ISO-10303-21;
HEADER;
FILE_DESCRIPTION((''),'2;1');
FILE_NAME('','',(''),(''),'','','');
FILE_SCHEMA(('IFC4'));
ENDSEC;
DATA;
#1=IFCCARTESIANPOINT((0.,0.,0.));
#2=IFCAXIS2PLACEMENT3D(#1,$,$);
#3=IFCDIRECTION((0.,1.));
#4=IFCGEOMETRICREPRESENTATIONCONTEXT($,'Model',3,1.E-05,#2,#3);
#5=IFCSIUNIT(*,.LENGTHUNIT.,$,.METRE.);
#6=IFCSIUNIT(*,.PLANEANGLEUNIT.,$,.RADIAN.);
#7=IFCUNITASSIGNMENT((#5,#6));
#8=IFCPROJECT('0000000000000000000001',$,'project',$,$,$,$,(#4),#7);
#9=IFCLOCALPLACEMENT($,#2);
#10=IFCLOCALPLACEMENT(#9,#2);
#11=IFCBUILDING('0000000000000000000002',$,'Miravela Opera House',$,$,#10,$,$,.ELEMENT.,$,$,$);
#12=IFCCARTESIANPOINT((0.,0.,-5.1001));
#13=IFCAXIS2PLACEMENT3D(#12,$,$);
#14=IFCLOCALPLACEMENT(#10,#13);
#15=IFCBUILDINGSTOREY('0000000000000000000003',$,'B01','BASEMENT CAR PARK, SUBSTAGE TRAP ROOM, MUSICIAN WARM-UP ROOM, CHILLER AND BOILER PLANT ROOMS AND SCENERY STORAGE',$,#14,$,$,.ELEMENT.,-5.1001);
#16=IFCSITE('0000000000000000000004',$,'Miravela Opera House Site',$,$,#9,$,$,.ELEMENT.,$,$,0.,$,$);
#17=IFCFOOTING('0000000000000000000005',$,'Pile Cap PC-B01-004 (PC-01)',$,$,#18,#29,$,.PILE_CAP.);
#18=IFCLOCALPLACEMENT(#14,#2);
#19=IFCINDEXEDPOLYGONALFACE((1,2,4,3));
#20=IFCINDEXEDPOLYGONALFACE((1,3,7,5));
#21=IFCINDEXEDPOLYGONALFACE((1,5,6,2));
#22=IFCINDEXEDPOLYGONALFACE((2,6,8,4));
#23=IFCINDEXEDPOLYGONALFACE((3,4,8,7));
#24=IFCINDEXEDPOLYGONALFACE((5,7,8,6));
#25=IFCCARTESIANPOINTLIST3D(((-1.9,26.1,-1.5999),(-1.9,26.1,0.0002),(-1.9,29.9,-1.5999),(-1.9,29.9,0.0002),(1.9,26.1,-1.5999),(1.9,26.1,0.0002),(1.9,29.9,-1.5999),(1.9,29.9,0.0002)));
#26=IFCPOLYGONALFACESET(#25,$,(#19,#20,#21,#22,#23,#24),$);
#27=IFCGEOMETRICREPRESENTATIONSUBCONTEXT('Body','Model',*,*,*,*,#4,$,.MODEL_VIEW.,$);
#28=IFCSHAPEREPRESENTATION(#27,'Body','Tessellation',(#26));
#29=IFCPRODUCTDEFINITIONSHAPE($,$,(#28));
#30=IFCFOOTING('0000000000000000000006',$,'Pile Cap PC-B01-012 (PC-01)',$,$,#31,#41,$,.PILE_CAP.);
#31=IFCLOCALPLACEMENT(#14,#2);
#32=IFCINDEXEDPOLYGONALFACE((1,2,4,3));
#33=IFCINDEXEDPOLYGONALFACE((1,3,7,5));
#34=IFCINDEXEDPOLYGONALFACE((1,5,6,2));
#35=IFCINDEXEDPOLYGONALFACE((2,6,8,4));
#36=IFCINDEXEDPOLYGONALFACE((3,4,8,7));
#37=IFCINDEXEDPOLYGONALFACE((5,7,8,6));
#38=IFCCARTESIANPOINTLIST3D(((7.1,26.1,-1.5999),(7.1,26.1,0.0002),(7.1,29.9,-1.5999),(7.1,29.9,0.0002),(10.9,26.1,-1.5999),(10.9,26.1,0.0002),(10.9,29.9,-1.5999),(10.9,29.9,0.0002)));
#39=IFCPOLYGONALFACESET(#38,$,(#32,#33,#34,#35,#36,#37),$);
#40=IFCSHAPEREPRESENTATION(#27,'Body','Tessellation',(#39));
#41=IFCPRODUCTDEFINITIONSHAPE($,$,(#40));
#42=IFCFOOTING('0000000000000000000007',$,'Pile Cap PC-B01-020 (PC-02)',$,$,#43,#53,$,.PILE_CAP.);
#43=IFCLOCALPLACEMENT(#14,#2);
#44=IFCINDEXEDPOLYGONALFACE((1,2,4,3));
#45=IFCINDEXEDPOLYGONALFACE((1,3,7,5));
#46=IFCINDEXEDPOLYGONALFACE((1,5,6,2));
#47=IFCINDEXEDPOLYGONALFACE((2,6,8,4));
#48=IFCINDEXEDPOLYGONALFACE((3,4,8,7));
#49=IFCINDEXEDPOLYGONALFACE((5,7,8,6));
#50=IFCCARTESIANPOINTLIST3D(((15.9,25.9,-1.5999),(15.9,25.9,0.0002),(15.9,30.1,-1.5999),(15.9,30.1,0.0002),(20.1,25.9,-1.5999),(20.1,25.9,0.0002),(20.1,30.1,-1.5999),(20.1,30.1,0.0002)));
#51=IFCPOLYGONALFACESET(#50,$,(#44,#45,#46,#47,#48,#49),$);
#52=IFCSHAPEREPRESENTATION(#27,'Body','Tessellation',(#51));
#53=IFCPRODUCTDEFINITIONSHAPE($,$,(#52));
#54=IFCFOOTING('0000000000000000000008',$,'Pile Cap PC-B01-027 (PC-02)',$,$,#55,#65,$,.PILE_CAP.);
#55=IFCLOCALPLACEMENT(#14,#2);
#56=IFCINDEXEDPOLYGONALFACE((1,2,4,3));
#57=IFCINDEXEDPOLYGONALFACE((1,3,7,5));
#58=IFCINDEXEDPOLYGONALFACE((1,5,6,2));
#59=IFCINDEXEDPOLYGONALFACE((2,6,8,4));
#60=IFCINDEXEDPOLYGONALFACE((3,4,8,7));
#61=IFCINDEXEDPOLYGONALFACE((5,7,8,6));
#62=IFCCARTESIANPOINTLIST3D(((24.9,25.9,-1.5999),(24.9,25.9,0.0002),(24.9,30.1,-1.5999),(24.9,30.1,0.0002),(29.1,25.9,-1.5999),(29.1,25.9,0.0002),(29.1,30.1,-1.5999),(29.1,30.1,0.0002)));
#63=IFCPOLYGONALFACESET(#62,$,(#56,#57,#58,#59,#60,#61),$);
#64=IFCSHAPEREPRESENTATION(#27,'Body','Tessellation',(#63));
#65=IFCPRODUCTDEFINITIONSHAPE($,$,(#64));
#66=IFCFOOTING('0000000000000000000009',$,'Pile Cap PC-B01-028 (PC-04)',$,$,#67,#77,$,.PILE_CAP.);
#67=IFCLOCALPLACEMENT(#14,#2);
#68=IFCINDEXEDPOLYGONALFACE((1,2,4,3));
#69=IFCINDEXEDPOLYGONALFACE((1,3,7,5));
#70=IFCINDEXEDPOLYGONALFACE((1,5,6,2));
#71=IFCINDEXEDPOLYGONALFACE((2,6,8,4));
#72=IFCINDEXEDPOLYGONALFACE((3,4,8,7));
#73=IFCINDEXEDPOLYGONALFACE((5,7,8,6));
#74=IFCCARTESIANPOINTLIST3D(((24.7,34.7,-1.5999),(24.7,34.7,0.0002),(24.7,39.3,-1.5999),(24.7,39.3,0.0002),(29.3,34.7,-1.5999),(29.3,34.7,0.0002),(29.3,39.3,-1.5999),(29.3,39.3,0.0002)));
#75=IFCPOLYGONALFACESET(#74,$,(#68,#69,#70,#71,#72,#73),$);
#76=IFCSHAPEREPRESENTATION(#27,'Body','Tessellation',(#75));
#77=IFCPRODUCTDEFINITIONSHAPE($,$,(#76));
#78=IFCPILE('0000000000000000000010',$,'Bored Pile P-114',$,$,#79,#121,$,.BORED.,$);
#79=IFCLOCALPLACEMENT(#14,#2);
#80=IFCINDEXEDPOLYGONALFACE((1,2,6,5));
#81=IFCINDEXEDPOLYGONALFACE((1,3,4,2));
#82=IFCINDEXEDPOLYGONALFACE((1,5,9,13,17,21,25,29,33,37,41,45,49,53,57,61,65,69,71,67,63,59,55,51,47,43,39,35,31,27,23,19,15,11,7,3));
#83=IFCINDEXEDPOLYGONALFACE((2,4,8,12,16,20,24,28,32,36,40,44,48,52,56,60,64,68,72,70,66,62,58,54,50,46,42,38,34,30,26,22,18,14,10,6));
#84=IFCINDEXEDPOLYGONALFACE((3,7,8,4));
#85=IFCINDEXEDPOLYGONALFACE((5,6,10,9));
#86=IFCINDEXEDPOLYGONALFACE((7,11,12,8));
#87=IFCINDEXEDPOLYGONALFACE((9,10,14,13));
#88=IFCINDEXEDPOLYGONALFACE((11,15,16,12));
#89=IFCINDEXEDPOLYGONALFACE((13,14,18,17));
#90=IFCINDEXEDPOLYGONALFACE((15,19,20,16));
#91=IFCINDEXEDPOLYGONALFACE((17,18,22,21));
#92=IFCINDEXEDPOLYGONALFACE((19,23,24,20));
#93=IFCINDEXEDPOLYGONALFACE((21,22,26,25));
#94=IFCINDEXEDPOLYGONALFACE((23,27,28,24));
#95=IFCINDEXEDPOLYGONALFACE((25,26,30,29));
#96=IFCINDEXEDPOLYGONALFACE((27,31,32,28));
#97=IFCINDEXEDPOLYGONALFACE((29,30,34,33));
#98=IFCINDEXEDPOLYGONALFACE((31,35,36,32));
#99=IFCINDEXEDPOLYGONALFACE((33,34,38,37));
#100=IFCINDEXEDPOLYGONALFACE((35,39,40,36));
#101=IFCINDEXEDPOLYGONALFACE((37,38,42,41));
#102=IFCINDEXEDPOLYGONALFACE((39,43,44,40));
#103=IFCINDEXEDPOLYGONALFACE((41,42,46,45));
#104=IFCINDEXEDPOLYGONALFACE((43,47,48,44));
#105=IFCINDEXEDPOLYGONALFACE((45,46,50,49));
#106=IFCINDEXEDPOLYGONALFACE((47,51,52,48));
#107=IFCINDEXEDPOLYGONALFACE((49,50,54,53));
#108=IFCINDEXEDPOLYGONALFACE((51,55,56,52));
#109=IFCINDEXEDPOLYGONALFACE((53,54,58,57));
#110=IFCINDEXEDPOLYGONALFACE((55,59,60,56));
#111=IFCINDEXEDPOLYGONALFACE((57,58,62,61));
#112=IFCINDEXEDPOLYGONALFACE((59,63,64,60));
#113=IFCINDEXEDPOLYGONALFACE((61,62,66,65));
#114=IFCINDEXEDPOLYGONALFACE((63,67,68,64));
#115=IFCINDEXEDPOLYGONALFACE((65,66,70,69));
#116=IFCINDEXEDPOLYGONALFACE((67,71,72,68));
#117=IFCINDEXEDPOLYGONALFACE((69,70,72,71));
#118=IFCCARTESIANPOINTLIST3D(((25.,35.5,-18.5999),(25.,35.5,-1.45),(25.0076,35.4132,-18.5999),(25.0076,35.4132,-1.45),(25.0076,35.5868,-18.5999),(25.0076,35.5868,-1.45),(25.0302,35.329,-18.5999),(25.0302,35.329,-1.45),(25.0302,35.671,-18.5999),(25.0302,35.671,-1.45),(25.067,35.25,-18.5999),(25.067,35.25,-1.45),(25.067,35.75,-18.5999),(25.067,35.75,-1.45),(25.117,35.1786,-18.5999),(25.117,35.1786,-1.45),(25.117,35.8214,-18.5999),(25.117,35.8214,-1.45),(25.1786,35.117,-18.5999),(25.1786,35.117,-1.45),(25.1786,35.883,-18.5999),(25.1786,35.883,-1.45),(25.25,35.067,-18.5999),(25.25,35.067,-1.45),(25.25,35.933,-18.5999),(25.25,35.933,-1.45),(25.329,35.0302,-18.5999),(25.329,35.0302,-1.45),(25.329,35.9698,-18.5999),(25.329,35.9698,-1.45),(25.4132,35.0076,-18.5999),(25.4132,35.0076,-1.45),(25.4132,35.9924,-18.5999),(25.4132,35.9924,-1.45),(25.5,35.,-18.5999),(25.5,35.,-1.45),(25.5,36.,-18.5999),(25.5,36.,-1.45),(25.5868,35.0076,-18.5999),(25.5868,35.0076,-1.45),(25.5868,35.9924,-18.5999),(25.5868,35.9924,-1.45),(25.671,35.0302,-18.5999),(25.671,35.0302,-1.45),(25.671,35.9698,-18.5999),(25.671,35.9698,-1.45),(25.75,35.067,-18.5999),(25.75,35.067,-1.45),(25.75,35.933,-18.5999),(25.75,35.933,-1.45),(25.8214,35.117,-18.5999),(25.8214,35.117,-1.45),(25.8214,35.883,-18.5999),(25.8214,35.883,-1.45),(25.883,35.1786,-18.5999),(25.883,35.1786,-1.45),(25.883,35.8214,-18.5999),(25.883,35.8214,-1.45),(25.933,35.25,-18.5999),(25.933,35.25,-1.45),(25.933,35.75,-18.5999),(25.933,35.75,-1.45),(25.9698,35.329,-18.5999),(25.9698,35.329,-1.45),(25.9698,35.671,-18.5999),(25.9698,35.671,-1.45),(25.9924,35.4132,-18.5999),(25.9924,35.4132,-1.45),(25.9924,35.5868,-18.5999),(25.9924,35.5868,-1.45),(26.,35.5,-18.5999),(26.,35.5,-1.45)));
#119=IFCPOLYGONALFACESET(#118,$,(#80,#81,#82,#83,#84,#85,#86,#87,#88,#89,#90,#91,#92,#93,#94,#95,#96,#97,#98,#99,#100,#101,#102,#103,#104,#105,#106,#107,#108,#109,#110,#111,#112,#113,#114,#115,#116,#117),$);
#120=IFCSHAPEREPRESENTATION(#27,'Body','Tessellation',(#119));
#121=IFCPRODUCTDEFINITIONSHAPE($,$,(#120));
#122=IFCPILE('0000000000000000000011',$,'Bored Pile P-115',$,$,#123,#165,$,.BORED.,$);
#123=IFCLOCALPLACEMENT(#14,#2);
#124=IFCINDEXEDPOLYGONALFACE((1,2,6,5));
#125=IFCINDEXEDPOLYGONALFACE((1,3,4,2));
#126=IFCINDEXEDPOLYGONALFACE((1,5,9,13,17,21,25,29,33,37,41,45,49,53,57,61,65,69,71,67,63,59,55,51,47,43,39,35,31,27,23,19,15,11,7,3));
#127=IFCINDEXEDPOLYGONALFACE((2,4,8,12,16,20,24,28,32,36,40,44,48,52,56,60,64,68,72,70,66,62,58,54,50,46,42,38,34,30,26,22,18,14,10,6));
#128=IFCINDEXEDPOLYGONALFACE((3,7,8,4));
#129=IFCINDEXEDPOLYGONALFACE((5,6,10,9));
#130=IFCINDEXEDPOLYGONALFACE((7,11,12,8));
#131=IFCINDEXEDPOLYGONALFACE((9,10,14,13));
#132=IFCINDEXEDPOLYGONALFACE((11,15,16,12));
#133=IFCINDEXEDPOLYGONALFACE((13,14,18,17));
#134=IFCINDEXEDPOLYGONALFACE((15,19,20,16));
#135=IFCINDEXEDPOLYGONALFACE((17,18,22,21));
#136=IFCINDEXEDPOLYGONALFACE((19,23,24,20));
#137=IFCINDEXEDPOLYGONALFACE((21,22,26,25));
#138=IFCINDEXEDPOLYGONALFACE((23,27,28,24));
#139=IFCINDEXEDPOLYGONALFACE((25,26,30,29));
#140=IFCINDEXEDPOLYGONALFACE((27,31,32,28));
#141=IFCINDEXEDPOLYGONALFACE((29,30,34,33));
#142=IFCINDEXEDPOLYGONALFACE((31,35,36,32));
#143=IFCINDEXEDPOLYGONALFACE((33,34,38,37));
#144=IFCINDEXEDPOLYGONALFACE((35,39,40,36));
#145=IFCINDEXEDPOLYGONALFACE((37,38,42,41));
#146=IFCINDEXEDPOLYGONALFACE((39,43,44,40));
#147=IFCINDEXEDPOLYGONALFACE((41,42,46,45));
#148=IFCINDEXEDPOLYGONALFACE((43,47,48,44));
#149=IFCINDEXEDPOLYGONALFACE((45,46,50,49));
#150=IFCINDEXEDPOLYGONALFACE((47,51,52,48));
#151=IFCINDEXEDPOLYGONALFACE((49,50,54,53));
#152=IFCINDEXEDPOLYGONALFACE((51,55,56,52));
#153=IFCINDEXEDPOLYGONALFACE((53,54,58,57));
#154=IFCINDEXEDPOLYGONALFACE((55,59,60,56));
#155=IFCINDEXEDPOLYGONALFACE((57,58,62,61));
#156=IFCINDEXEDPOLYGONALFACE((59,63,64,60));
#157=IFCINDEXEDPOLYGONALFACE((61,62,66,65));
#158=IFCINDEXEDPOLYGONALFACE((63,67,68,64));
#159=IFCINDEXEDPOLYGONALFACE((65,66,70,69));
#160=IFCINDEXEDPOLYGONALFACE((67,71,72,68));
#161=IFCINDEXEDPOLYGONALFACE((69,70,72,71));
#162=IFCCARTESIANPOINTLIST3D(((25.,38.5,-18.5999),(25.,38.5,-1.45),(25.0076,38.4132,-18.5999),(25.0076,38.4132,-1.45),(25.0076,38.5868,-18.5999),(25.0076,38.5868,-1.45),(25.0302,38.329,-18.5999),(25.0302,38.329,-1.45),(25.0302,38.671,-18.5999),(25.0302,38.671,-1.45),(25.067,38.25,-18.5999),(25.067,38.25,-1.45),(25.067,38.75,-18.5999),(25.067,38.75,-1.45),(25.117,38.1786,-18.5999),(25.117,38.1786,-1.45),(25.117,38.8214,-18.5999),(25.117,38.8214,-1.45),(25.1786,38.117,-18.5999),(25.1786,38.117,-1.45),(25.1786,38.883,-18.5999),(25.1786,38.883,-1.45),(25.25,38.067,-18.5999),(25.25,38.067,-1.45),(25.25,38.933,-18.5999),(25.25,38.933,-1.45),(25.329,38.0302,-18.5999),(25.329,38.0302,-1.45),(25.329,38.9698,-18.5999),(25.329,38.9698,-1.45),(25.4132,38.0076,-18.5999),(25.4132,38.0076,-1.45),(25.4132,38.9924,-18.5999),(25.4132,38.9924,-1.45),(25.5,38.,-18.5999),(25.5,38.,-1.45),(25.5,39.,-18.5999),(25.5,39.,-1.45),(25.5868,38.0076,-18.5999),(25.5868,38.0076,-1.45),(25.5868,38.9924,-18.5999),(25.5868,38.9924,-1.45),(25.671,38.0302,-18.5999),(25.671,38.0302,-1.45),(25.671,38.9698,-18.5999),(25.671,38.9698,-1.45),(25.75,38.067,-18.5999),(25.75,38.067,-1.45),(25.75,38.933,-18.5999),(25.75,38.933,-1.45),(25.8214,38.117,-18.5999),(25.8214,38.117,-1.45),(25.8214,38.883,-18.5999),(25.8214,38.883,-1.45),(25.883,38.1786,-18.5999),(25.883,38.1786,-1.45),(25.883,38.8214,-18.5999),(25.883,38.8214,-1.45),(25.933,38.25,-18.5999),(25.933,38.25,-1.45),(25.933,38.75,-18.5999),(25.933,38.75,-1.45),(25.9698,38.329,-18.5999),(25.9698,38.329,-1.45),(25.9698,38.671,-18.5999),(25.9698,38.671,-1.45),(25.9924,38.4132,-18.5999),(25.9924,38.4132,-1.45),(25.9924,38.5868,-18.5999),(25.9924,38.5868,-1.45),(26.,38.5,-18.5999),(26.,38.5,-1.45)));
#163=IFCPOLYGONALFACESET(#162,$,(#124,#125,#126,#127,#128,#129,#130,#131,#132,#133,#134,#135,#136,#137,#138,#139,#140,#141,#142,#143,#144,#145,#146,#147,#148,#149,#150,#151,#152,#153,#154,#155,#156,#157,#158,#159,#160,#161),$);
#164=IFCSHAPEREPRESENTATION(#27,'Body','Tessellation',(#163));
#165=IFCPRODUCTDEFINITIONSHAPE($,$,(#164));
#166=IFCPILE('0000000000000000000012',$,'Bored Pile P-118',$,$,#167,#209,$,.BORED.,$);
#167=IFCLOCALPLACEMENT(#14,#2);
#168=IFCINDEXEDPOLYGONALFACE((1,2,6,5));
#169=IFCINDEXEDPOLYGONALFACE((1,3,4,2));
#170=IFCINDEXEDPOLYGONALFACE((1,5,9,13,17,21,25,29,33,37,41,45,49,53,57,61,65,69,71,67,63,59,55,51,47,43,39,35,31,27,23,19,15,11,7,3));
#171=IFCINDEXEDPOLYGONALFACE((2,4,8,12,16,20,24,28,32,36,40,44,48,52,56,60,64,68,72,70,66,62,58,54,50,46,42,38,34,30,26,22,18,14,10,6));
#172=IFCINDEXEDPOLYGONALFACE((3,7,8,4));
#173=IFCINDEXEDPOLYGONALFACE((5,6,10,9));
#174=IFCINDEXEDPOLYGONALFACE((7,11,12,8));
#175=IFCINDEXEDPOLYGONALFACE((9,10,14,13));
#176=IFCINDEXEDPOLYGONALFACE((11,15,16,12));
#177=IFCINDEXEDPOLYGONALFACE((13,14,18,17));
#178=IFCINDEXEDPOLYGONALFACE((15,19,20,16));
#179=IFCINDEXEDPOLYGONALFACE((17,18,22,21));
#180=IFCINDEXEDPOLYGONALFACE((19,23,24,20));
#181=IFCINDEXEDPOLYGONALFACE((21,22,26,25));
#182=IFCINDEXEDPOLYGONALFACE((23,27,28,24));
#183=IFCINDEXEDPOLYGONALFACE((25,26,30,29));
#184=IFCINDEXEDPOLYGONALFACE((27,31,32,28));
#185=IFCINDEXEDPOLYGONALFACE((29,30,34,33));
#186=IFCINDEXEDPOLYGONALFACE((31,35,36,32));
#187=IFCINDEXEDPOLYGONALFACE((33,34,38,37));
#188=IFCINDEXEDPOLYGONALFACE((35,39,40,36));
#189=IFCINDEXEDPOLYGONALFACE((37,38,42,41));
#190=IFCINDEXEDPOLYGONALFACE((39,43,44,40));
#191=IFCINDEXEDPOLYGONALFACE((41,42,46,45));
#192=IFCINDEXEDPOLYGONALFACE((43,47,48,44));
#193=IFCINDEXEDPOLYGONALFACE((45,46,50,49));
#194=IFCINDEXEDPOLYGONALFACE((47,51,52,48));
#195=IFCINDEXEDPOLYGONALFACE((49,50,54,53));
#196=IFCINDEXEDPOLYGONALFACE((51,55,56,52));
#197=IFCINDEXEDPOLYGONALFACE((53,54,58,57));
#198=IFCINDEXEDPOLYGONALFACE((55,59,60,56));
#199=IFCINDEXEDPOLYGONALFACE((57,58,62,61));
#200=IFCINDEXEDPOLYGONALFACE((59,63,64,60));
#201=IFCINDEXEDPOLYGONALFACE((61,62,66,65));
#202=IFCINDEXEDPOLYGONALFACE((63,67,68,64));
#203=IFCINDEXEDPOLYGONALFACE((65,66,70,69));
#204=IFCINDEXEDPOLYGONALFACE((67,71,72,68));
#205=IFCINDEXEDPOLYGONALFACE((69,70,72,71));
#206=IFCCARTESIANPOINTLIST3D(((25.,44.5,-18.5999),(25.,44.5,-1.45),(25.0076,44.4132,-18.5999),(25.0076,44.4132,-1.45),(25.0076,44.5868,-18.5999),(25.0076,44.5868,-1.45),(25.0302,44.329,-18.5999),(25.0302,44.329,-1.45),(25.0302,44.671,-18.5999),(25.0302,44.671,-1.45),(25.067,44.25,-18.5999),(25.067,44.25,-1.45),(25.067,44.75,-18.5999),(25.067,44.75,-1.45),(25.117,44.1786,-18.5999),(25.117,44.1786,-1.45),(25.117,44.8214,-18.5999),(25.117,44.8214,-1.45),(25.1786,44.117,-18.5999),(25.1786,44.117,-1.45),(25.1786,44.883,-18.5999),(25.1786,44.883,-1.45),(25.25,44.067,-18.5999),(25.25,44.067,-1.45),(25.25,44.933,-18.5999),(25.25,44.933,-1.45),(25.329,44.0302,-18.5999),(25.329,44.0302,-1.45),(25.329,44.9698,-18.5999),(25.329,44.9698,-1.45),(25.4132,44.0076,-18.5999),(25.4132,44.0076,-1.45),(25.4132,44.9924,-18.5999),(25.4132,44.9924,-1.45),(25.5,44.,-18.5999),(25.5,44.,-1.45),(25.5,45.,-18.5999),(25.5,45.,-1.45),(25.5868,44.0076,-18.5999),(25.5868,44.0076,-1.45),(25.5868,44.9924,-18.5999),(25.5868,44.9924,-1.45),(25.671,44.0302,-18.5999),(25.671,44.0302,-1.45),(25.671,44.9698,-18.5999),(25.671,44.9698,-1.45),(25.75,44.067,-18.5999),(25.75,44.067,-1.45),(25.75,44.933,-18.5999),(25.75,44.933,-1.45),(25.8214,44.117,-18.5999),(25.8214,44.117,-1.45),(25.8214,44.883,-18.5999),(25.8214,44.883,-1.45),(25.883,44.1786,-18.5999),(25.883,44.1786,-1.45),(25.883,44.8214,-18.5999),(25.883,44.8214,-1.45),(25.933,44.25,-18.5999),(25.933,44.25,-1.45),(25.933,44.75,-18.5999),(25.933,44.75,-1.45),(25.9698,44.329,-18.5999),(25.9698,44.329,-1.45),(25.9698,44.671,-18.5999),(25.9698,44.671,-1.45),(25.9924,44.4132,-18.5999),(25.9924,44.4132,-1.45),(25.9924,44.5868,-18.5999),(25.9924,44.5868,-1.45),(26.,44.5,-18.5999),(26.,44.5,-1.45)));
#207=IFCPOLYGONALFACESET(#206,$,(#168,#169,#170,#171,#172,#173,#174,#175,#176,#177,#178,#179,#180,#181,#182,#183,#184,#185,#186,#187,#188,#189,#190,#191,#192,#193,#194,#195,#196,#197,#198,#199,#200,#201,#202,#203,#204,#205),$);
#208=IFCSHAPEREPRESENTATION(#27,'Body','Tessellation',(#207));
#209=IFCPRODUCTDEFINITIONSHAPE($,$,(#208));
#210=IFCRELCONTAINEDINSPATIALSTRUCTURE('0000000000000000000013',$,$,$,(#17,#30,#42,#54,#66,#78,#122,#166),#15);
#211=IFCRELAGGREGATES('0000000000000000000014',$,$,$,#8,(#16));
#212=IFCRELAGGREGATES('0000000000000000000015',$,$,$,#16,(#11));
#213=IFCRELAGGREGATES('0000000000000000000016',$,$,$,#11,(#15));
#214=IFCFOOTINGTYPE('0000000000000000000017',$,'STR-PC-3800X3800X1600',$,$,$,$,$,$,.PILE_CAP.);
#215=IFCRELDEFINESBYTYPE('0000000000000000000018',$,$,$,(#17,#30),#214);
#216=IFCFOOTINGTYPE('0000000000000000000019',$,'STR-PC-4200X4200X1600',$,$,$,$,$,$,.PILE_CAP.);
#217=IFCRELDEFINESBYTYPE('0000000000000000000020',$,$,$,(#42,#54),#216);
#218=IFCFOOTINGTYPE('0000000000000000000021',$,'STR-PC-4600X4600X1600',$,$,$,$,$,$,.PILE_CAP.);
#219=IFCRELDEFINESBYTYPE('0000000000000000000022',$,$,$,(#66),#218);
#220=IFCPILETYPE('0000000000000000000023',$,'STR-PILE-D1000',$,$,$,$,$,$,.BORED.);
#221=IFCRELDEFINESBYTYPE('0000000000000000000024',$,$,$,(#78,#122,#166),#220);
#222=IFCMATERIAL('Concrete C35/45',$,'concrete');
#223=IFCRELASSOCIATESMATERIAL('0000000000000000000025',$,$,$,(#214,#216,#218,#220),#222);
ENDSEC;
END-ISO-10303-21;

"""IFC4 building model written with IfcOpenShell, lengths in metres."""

from ifc_helpers import new_model, si_unit, direction, frame, origin, origin_2d, place, context, subcontext, project, spatial, rectangle, circle, extrude, material, material_profile, profile_set, type_object, element, save


model = new_model("IFC4")

# Units and contexts
model_context = context("Model", 3, precision=1e-05, world=origin(), true_north=direction((0.0, 1.0)))
body_context = subcontext(model_context, "Body", "Model", "MODEL_VIEW")
ifc_project = project(units=[si_unit("LENGTHUNIT", "METRE"), si_unit("PLANEANGLEUNIT", "RADIAN")], contexts=[model_context])

# Site, building, storey
site_placement = place(None, origin())
site = spatial("IfcSite", under=ifc_project, at=site_placement, Name="Miravela Opera House Site", CompositionType="ELEMENT", RefElevation=0.0)
building_placement = place(site_placement, origin())
building = spatial("IfcBuilding", under=site, at=building_placement, Name="Miravela Opera House", CompositionType="ELEMENT")
storey_placement = place(building_placement, frame((0.0, 0.0, -5.1001)))
storey = spatial("IfcBuildingStorey", under=building, at=storey_placement, Name="B01", Description="BASEMENT CAR PARK, SUBSTAGE TRAP ROOM, MUSICIAN WARM-UP ROOM, CHILLER AND BOILER PLANT ROOMS AND SCENERY STORAGE", CompositionType="ELEMENT", Elevation=-5.1001)

# Footings
ifc_material_1 = material(Name="Concrete C35/45", Category="concrete")
footing_type_1 = type_object("IfcFootingType", Name="STR-PC-3800X3800X1600", PredefinedType="PILE_CAP", material=ifc_material_1)
for number, where, z_axis, x_axis, name in (
    (1, (0.0, 28.0, -1.5999), (0.0, 0.0, 1.0), (1.0, 0.0, 0.0), "Pile Cap PC-B01-004 (PC-01)"),
    (2, (9.0, 28.0, -1.5999), (0.0, 0.0, 1.0), (1.0, 0.0, 0.0), "Pile Cap PC-B01-012 (PC-01)"),
):
    element("IfcFooting", number, at=place(storey_placement, frame(where, z_axis=z_axis, x_axis=x_axis)), inside=storey, type_object=footing_type_1, Name=name, PredefinedType="PILE_CAP", context=body_context, shape_type="SweptSolid", body=[
        extrude(rectangle(XDim=3.8, YDim=3.8, at=origin_2d()), origin(), (0.0, 0.0, 1.0), 1.6001),
    ])
footing_type_2 = type_object("IfcFootingType", Name="STR-PC-4200X4200X1600", PredefinedType="PILE_CAP", material=ifc_material_1)
for number, where, z_axis, x_axis, name in (
    (3, (18.0, 28.0, -1.5999), (0.0, 0.0, 1.0), (1.0, 0.0, 0.0), "Pile Cap PC-B01-020 (PC-02)"),
    (4, (27.0, 28.0, -1.5999), (0.0, 0.0, 1.0), (1.0, 0.0, 0.0), "Pile Cap PC-B01-027 (PC-02)"),
):
    element("IfcFooting", number, at=place(storey_placement, frame(where, z_axis=z_axis, x_axis=x_axis)), inside=storey, type_object=footing_type_2, Name=name, PredefinedType="PILE_CAP", context=body_context, shape_type="SweptSolid", body=[
        extrude(rectangle(XDim=4.2, YDim=4.2, at=origin_2d()), origin(), (0.0, 0.0, 1.0), 1.6001),
    ])
footing_type_3 = type_object("IfcFootingType", Name="STR-PC-4600X4600X1600", PredefinedType="PILE_CAP", material=ifc_material_1)
footing_placement = place(storey_placement, frame((27.0, 37.0, -1.5999), z_axis=(0.0, 0.0, 1.0), x_axis=(1.0, 0.0, 0.0)))
element("IfcFooting", 5, at=footing_placement, inside=storey, type_object=footing_type_3, Name="Pile Cap PC-B01-028 (PC-04)", PredefinedType="PILE_CAP", context=body_context, shape_type="SweptSolid", body=[
    extrude(rectangle(XDim=4.6001, YDim=4.6001, at=origin_2d()), origin(), (0.0, 0.0, 1.0), 1.6001),
])

# Piles
ifc_material_profile_1 = material_profile(ifc_material_1, circle(Radius=0.5, at=origin_2d()), Name="PILE-D1000")
ifc_profile_set_1 = profile_set([ifc_material_profile_1])
pile_type_1 = type_object("IfcPileType", Name="STR-PILE-D1000", PredefinedType="BORED", material=ifc_profile_set_1)
for number, where, z_axis, x_axis, name in (
    (6, (25.5, 35.5, -1.45), (0.0, 0.0, -1.0), (1.0, 0.0, 0.0), "Bored Pile P-114"),
    (7, (25.5, 38.5, -1.45), (0.0, 0.0, -1.0), (1.0, 0.0, 0.0), "Bored Pile P-115"),
    (8, (25.5, 44.5, -1.45), (0.0, 0.0, -1.0), (1.0, 0.0, 0.0), "Bored Pile P-118"),
):
    element("IfcPile", number, at=place(storey_placement, frame(where, z_axis=z_axis, x_axis=x_axis)), inside=storey, type_object=pile_type_1, Name=name, PredefinedType="BORED", context=body_context, shape_type="SweptSolid", body=[
        extrude(circle(Radius=0.5, at=origin_2d()), origin(), (0.0, 0.0, 1.0), 17.1499),
    ])

save(model, "model.ifc")
